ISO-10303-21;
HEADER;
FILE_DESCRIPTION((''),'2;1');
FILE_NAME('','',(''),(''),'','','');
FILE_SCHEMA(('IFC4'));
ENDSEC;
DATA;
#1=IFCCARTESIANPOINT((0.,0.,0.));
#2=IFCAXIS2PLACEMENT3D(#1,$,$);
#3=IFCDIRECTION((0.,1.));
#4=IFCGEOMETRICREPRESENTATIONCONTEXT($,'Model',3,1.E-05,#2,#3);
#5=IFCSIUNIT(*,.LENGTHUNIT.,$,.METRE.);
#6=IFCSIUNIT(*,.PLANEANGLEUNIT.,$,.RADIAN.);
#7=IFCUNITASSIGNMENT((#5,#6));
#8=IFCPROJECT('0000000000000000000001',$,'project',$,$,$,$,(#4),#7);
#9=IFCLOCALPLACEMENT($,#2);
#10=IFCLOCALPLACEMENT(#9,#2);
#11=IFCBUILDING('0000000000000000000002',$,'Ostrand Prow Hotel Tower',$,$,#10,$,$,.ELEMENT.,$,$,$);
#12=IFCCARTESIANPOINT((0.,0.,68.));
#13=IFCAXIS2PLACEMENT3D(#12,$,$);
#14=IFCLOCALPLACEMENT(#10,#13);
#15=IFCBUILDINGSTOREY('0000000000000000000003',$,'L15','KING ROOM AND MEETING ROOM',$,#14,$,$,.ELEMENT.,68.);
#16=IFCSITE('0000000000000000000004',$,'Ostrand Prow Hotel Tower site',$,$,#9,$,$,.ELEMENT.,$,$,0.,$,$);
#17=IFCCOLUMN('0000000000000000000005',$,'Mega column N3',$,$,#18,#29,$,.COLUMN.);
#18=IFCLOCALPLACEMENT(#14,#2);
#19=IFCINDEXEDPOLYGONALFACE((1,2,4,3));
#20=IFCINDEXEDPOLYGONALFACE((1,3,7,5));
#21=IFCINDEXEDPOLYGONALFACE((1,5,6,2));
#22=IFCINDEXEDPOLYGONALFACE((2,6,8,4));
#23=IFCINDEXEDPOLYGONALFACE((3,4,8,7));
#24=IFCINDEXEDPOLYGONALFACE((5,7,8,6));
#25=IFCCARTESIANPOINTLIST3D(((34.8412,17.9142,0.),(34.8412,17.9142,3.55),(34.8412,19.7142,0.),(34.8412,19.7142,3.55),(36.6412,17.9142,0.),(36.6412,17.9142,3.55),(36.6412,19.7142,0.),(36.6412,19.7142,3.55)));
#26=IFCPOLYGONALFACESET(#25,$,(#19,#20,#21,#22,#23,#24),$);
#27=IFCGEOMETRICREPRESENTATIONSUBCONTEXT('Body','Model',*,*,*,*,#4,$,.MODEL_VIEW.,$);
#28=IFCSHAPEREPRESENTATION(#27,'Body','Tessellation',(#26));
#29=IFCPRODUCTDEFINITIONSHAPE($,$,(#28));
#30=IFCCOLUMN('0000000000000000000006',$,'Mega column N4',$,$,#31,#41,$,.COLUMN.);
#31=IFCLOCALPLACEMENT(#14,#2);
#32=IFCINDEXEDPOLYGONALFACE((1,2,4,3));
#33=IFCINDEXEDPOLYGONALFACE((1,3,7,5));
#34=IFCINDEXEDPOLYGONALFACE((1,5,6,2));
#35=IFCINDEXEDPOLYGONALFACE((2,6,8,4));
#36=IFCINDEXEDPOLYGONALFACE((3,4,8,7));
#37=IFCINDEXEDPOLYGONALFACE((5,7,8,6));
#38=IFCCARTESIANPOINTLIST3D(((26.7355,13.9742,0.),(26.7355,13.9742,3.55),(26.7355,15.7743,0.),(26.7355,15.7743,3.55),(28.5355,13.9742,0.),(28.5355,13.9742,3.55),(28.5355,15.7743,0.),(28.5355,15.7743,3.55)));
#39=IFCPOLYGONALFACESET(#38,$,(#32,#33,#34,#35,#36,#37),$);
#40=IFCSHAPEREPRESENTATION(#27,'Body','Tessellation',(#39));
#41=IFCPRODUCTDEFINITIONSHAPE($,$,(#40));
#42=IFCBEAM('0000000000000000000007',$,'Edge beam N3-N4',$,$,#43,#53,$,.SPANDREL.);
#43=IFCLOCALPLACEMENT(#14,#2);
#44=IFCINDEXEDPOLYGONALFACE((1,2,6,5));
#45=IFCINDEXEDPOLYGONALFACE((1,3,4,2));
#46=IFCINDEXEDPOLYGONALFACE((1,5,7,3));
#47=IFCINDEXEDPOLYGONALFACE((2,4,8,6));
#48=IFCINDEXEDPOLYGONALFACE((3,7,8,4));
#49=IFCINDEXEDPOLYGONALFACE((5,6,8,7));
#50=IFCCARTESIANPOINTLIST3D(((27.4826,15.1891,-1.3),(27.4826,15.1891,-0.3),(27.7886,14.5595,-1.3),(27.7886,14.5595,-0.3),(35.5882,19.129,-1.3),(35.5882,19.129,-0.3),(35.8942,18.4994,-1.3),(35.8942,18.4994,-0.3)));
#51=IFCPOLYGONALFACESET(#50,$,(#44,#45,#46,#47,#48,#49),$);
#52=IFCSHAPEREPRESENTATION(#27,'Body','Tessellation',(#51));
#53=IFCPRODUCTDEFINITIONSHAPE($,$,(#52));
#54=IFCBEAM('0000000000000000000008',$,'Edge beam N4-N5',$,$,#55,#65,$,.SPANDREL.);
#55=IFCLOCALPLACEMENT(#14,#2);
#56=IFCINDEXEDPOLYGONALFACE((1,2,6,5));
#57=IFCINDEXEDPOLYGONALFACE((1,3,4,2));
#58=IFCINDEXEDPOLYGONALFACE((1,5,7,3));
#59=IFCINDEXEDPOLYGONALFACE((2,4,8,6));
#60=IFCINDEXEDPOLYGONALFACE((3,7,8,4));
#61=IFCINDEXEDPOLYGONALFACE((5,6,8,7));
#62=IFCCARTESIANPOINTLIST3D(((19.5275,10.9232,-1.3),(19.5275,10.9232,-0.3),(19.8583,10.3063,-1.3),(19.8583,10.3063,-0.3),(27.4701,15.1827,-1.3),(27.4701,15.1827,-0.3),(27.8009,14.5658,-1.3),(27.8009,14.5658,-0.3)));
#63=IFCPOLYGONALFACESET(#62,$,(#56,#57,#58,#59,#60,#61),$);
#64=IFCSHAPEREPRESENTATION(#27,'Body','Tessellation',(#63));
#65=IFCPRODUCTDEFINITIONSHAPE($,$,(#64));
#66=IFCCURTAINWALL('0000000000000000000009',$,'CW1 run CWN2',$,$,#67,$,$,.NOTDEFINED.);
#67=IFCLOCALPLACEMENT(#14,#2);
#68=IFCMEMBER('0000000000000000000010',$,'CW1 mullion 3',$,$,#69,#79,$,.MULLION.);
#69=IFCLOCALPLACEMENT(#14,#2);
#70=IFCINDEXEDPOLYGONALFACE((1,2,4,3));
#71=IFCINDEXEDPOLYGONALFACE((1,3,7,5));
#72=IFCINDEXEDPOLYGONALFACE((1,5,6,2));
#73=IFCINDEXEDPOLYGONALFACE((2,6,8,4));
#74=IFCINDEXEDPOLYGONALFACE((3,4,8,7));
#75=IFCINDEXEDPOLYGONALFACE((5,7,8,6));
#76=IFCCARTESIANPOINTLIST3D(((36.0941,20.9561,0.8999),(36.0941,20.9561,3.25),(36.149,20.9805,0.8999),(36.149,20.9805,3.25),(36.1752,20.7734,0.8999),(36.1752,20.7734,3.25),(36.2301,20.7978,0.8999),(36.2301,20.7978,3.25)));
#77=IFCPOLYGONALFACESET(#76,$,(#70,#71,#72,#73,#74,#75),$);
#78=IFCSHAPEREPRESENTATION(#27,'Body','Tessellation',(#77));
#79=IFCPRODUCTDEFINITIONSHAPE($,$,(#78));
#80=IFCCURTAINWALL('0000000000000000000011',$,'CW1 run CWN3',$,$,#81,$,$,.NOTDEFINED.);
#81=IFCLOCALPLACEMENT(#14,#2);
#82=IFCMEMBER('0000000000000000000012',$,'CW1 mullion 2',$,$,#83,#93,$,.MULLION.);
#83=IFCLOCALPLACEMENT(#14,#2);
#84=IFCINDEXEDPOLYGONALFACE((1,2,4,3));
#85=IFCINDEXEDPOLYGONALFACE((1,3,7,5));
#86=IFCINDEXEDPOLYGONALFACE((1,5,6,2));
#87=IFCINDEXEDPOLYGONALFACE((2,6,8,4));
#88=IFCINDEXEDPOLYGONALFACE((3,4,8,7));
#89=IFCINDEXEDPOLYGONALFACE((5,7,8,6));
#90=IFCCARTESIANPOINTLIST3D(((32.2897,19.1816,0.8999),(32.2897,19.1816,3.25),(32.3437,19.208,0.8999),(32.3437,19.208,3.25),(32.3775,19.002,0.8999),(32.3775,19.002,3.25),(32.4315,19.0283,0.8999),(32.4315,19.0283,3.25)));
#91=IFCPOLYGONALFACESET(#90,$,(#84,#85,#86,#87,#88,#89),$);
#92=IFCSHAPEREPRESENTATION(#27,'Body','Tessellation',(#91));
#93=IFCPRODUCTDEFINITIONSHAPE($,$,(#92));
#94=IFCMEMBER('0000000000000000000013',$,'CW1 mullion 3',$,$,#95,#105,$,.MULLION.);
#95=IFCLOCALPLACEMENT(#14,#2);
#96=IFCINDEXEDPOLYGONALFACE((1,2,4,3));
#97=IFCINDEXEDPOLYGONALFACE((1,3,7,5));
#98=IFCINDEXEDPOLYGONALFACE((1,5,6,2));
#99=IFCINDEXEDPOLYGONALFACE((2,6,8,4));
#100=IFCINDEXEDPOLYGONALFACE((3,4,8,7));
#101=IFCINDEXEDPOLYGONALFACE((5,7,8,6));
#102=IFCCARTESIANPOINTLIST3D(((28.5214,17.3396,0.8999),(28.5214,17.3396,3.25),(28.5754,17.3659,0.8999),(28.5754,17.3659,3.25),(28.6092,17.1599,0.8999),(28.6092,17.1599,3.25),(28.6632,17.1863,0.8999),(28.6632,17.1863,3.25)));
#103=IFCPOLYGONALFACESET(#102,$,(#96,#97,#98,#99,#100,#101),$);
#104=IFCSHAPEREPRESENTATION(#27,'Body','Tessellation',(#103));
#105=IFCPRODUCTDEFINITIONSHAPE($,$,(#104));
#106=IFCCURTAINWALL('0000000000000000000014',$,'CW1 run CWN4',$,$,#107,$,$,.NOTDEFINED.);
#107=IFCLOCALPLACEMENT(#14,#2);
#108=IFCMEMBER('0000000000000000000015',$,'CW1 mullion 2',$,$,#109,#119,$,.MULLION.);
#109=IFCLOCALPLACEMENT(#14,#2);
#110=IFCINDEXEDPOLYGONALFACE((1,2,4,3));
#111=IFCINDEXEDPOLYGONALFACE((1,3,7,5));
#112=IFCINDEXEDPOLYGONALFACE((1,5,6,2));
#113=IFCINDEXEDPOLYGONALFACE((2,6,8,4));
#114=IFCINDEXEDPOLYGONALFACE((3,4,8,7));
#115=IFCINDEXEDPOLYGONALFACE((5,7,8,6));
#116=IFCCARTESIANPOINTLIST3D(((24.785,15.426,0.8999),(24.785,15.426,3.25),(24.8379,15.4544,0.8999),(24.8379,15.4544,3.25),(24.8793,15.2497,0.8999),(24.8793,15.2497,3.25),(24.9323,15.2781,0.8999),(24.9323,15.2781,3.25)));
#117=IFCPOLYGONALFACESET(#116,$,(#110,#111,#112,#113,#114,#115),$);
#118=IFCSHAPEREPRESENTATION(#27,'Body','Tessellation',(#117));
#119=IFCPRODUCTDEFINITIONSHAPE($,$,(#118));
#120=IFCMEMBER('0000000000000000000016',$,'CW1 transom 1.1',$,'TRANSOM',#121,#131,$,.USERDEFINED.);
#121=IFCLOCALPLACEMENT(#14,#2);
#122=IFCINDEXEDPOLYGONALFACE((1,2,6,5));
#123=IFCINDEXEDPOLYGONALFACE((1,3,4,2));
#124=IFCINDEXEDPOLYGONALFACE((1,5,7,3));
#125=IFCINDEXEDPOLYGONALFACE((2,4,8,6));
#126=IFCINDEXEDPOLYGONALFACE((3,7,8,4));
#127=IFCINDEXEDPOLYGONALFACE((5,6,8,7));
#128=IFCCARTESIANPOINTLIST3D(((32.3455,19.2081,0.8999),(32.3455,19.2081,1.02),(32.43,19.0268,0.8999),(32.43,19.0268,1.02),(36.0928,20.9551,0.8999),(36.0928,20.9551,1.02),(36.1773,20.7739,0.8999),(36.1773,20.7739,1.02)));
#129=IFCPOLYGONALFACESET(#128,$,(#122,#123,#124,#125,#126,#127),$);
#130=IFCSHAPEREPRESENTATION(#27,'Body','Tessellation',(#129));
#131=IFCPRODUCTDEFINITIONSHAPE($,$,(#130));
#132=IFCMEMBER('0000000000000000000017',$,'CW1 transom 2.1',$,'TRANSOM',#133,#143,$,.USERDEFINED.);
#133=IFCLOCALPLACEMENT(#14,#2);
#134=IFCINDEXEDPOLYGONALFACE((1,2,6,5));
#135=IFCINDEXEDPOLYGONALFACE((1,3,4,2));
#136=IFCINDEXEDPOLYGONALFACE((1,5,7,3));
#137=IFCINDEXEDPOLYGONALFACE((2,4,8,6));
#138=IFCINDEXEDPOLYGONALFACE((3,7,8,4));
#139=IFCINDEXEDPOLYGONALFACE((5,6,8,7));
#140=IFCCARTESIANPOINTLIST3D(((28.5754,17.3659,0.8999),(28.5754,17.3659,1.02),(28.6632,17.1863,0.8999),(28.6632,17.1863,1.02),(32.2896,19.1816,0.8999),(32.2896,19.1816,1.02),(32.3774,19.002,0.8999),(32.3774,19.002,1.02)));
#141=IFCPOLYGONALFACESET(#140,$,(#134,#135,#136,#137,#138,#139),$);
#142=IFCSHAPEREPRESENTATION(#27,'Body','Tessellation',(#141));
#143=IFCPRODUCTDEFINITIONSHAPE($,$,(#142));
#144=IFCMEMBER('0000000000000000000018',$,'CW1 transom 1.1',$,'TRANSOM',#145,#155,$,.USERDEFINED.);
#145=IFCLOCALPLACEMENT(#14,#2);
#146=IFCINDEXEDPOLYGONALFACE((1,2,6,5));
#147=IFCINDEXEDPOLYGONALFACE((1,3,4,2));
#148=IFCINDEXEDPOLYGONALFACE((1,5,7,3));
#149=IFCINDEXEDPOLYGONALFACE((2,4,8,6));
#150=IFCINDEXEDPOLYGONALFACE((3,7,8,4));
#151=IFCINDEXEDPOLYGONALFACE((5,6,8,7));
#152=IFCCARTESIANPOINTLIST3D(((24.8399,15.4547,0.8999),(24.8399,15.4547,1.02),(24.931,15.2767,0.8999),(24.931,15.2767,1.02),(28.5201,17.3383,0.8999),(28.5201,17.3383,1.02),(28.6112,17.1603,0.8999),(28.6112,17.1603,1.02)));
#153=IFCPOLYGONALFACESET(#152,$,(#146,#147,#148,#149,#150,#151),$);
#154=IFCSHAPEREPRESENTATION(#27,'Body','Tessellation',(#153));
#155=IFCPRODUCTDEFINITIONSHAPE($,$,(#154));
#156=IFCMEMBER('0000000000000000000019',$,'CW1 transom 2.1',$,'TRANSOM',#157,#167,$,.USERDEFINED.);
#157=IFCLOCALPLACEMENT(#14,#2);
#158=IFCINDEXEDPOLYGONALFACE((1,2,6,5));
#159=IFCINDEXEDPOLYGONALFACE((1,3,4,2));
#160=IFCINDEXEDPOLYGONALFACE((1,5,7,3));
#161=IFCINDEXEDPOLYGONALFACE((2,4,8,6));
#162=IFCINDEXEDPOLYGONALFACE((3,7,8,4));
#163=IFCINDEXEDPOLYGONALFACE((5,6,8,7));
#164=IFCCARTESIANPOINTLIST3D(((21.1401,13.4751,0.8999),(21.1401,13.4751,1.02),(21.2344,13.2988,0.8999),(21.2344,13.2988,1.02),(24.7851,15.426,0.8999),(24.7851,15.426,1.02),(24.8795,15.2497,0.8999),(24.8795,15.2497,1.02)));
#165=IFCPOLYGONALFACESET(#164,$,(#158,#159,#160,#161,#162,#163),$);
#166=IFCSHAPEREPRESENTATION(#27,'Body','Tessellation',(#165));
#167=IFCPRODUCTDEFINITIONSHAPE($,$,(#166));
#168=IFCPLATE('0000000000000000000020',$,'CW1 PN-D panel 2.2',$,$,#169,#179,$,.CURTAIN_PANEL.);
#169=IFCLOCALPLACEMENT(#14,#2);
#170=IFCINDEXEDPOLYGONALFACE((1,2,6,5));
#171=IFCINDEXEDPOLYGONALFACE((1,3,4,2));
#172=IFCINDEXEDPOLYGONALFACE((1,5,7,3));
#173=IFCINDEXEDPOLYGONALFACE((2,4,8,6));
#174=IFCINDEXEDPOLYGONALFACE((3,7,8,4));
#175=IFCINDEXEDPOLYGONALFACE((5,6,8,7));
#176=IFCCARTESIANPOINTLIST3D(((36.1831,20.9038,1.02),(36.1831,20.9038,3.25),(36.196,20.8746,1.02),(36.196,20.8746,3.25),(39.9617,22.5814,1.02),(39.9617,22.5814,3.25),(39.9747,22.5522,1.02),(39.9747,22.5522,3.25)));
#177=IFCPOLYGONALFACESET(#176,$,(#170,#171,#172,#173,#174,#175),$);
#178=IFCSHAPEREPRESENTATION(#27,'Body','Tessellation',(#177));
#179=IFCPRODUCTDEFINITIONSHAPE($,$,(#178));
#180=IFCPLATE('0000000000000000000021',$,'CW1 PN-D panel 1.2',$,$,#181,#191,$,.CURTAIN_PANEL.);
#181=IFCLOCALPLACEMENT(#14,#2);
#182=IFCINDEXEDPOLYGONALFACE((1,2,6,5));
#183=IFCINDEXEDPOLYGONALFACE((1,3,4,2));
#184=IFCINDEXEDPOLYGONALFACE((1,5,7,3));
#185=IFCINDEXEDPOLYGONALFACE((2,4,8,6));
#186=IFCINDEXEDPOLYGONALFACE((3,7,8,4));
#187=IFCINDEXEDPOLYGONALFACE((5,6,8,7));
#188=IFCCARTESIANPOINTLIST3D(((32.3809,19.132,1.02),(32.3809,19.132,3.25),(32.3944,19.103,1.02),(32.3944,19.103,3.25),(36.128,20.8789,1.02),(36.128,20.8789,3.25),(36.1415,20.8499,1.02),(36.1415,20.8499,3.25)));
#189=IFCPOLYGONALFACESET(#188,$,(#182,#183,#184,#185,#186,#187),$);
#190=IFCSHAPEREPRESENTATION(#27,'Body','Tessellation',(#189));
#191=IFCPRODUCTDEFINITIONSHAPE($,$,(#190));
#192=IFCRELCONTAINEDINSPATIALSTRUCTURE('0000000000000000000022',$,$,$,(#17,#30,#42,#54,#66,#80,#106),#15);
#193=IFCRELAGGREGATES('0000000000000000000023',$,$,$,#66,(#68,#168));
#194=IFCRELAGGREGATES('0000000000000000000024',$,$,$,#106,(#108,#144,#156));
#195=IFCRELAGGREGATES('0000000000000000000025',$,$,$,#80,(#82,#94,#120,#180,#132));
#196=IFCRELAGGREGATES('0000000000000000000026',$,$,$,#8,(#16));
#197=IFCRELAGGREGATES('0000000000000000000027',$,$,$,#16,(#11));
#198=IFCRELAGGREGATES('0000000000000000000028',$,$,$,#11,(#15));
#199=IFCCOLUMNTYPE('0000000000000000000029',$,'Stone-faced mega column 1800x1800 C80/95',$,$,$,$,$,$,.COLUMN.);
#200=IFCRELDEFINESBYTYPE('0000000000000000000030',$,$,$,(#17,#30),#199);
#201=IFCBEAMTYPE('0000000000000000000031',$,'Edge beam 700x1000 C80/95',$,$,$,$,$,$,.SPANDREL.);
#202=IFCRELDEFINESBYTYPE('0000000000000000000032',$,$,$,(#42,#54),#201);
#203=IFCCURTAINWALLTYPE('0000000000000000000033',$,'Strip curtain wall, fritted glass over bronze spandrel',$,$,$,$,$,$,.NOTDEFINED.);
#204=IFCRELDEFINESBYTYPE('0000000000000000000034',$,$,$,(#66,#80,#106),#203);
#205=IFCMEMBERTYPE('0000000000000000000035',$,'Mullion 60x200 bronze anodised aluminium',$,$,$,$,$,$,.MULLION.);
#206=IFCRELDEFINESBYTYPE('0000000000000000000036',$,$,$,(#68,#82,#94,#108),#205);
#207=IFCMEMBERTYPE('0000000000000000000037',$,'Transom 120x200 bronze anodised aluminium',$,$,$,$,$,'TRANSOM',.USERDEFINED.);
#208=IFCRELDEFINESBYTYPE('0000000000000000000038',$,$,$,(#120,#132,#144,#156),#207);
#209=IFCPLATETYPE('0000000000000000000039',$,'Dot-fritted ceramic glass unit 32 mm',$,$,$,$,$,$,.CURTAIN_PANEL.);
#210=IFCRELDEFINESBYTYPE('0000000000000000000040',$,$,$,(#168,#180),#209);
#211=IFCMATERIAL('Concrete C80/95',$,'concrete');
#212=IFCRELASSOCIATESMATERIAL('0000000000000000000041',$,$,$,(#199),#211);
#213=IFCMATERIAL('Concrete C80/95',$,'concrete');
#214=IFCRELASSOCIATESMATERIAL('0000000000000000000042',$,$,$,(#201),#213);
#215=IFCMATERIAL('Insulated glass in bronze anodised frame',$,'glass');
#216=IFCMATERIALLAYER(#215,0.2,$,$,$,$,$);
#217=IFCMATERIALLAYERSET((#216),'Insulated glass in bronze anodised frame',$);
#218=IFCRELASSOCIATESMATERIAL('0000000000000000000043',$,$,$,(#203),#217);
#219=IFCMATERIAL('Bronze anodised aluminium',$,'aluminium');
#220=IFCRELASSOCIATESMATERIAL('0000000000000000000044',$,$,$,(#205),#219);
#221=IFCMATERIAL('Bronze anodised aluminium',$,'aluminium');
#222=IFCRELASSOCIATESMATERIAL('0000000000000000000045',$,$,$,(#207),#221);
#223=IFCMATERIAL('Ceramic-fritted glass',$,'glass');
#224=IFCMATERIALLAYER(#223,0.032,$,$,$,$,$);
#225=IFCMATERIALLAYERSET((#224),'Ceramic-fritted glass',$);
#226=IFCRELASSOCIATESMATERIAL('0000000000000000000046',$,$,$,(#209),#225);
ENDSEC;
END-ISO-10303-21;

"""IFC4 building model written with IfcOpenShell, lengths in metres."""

from ifc_helpers import new_model, si_unit, direction, frame, origin, origin_2d, place, context, subcontext, project, spatial, rectangle, extrude, material, layer, layer_set, material_profile, profile_set, type_object, element, aggregate, save


model = new_model("IFC4")

# Units and contexts
model_context = context("Model", 3, precision=1e-05, world=origin(), true_north=direction((0.0, 1.0)))
body_context = subcontext(model_context, "Body", "Model", "MODEL_VIEW")
ifc_project = project(units=[si_unit("LENGTHUNIT", "METRE"), si_unit("PLANEANGLEUNIT", "RADIAN")], contexts=[model_context])

# Site, building, storey
site_placement = place(None, origin())
site = spatial("IfcSite", under=ifc_project, at=site_placement, Name="Ostrand Prow Hotel Tower site", CompositionType="ELEMENT", RefElevation=0.0)
building_placement = place(site_placement, origin())
building = spatial("IfcBuilding", under=site, at=building_placement, Name="Ostrand Prow Hotel Tower", CompositionType="ELEMENT")
storey_placement = place(building_placement, frame((0.0, 0.0, 68.0)))
storey = spatial("IfcBuildingStorey", under=building, at=storey_placement, Name="L15", Description="KING ROOM AND MEETING ROOM", CompositionType="ELEMENT", Elevation=68.0)

# Columns
ifc_material_1 = material(Name="Concrete C80/95", Category="concrete")
ifc_material_profile_1 = material_profile(ifc_material_1, rectangle(XDim=1.8, YDim=1.8, at=origin_2d()), Name="RC 1800x1800")
ifc_profile_set_1 = profile_set([ifc_material_profile_1], Name="Concrete C80/95")
column_type = type_object("IfcColumnType", Name="Stone-faced mega column 1800x1800 C80/95", PredefinedType="COLUMN", material=ifc_profile_set_1)
for number, where, z_axis, x_axis, name in (
    (1, (35.7412, 18.8142, 0.0), (0.0, 0.0, 1.0), (1.0, 0.0, 0.0), "Mega column N3"),
    (2, (27.6355, 14.8743, 0.0), (0.0, 0.0, 1.0), (1.0, 0.0, 0.0), "Mega column N4"),
):
    element("IfcColumn", number, at=place(storey_placement, frame(where, z_axis=z_axis, x_axis=x_axis)), inside=storey, type_object=column_type, Name=name, PredefinedType="COLUMN", context=body_context, shape_type="SweptSolid", body=[
        extrude(rectangle(XDim=1.8, YDim=1.8, at=origin_2d()), origin(), (0.0, 0.0, 1.0), 3.55),
    ])

# Beams
ifc_material_2 = material(Name="Concrete C80/95", Category="concrete")
ifc_material_profile_2 = material_profile(ifc_material_2, rectangle(XDim=0.7, YDim=1.0, at=origin_2d()), Name="RC 700x1000")
ifc_profile_set_2 = profile_set([ifc_material_profile_2], Name="Concrete C80/95")
beam_type = type_object("IfcBeamType", Name="Edge beam 700x1000 C80/95", PredefinedType="SPANDREL", material=ifc_profile_set_2)
beam_1_placement = place(storey_placement, frame((35.7412, 18.8142, -0.8), z_axis=(-0.899382, -0.437163, 0.0), x_axis=(0.437163, -0.899382, 0.0)))
element("IfcBeam", 3, at=beam_1_placement, inside=storey, type_object=beam_type, Name="Edge beam N3-N4", PredefinedType="SPANDREL", context=body_context, shape_type="SweptSolid", body=[
    extrude(rectangle(XDim=0.7, YDim=1.0, at=origin_2d()), origin(), (0.0, 0.0, 1.0), 9.0125),
])
beam_2_placement = place(storey_placement, frame((27.6355, 14.8743, -0.8), z_axis=(-0.88127, -0.472613, 0.0), x_axis=(0.472613, -0.88127, 0.0)))
element("IfcBeam", 4, at=beam_2_placement, inside=storey, type_object=beam_type, Name="Edge beam N4-N5", PredefinedType="SPANDREL", context=body_context, shape_type="SweptSolid", body=[
    extrude(rectangle(XDim=0.7, YDim=1.0, at=origin_2d()), origin(), (0.0, 0.0, 1.0), 9.0127),
])

# Curtain wall, member
ifc_material_3 = material(Name="Insulated glass in bronze anodised frame", Category="glass")
ifc_layer_1 = layer(ifc_material_3, 0.2)
ifc_layer_set_1 = layer_set([ifc_layer_1], Name="Insulated glass in bronze anodised frame")
curtain_wall_type = type_object("IfcCurtainWallType", Name="Strip curtain wall, fritted glass over bronze spandrel", PredefinedType="NOTDEFINED", material=ifc_layer_set_1)
curtain_wall_1_placement = place(storey_placement, origin())
curtain_wall_1 = element("IfcCurtainWall", 5, at=curtain_wall_1_placement, inside=storey, type_object=curtain_wall_type, Name="CW1 run CWN2", PredefinedType="NOTDEFINED")
ifc_material_4 = material(Name="Bronze anodised aluminium", Category="aluminium")
ifc_material_profile_3 = material_profile(ifc_material_4, rectangle(XDim=0.2, YDim=0.0601, at=origin_2d()), Name="Mullion 60x200 bronze anodised aluminium")
ifc_profile_set_3 = profile_set([ifc_material_profile_3], Name="Bronze anodised aluminium")
member_type_1 = type_object("IfcMemberType", Name="Mullion 60x200 bronze anodised aluminium", PredefinedType="MULLION", material=ifc_profile_set_3)
member_1_placement = place(storey_placement, frame((36.1621, 20.877, 0.8999), z_axis=(0.0, 0.0, 1.0), x_axis=(0.40578, -0.913971, 0.0)))
member_1 = element("IfcMember", 6, at=member_1_placement, type_object=member_type_1, Name="CW1 mullion 3", PredefinedType="MULLION", context=body_context, shape_type="SweptSolid", body=[
    extrude(rectangle(XDim=0.2, YDim=0.0601, at=origin_2d()), origin(), (0.0, 0.0, 1.0), 2.3501),
])

# Curtain wall, members
curtain_wall_2_placement = place(storey_placement, origin())
curtain_wall_2 = element("IfcCurtainWall", 7, at=curtain_wall_2_placement, inside=storey, type_object=curtain_wall_type, Name="CW1 run CWN3", PredefinedType="NOTDEFINED")
member_2_placement = place(storey_placement, frame((32.3606, 19.105, 0.8999), z_axis=(0.0, 0.0, 1.0), x_axis=(0.439138, -0.89842, 0.0)))
member_2 = element("IfcMember", 8, at=member_2_placement, type_object=member_type_1, Name="CW1 mullion 2", PredefinedType="MULLION", context=body_context, shape_type="SweptSolid", body=[
    extrude(rectangle(XDim=0.2, YDim=0.0601, at=origin_2d()), origin(), (0.0, 0.0, 1.0), 2.3501),
])
member_3_placement = place(storey_placement, frame((28.5923, 17.2629, 0.8999), z_axis=(0.0, 0.0, 1.0), x_axis=(0.439138, -0.89842, 0.0)))
member_3 = element("IfcMember", 9, at=member_3_placement, type_object=member_type_1, Name="CW1 mullion 3", PredefinedType="MULLION", context=body_context, shape_type="SweptSolid", body=[
    extrude(rectangle(XDim=0.2, YDim=0.0601, at=origin_2d()), origin(), (0.0, 0.0, 1.0), 2.3501),
])

# Curtain wall, member
curtain_wall_3_placement = place(storey_placement, origin())
curtain_wall_3 = element("IfcCurtainWall", 10, at=curtain_wall_3_placement, inside=storey, type_object=curtain_wall_type, Name="CW1 run CWN4", PredefinedType="NOTDEFINED")
member_4_placement = place(storey_placement, frame((24.8586, 15.3521, 0.8999), z_axis=(0.0, 0.0, 1.0), x_axis=(0.4719, -0.881652, 0.0)))
member_4 = element("IfcMember", 11, at=member_4_placement, type_object=member_type_1, Name="CW1 mullion 2", PredefinedType="MULLION", context=body_context, shape_type="SweptSolid", body=[
    extrude(rectangle(XDim=0.2, YDim=0.0601, at=origin_2d()), origin(), (0.0, 0.0, 1.0), 2.3501),
])

# Members
ifc_material_5 = material(Name="Bronze anodised aluminium", Category="aluminium")
ifc_material_profile_4 = material_profile(ifc_material_5, rectangle(XDim=0.2, YDim=0.1201, at=origin_2d()), Name="Transom 120x200 bronze anodised aluminium")
ifc_profile_set_4 = profile_set([ifc_material_profile_4], Name="Bronze anodised aluminium")
member_type_2 = type_object("IfcMemberType", Name="Transom 120x200 bronze anodised aluminium", ElementType="TRANSOM", PredefinedType="USERDEFINED", material=ifc_profile_set_4)
member_5_placement = place(storey_placement, frame((36.135, 20.8645, 0.96), z_axis=(-0.906338, -0.422552, 0.0), x_axis=(0.422552, -0.906338, 0.0)))
member_5 = element("IfcMember", 12, at=member_5_placement, type_object=member_type_2, Name="CW1 transom 1.1", ObjectType="TRANSOM", PredefinedType="USERDEFINED", context=body_context, shape_type="SweptSolid", body=[
    extrude(rectangle(XDim=0.2, YDim=0.1201, at=origin_2d()), origin(), (0.0, 0.0, 1.0), 4.1345),
])
member_6_placement = place(storey_placement, frame((32.3335, 19.0918, 0.96), z_axis=(-0.898395, -0.439188, 0.0), x_axis=(0.439188, -0.898395, 0.0)))
member_6 = element("IfcMember", 13, at=member_6_placement, type_object=member_type_2, Name="CW1 transom 2.1", ObjectType="TRANSOM", PredefinedType="USERDEFINED", context=body_context, shape_type="SweptSolid", body=[
    extrude(rectangle(XDim=0.2, YDim=0.1201, at=origin_2d()), origin(), (0.0, 0.0, 1.0), 4.1343),
])
member_7_placement = place(storey_placement, frame((28.5657, 17.2493, 0.96), z_axis=(-0.890183, -0.455603, 0.0), x_axis=(0.455603, -0.890183, 0.0)))
member_7 = element("IfcMember", 14, at=member_7_placement, type_object=member_type_2, Name="CW1 transom 1.1", ObjectType="TRANSOM", PredefinedType="USERDEFINED", context=body_context, shape_type="SweptSolid", body=[
    extrude(rectangle(XDim=0.2, YDim=0.1201, at=origin_2d()), origin(), (0.0, 0.0, 1.0), 4.1343),
])
member_8_placement = place(storey_placement, frame((24.8323, 15.3379, 0.96), z_axis=(-0.881657, -0.47189, 0.0), x_axis=(0.47189, -0.881657, 0.0)))
member_8 = element("IfcMember", 15, at=member_8_placement, type_object=member_type_2, Name="CW1 transom 2.1", ObjectType="TRANSOM", PredefinedType="USERDEFINED", context=body_context, shape_type="SweptSolid", body=[
    extrude(rectangle(XDim=0.2, YDim=0.1201, at=origin_2d()), origin(), (0.0, 0.0, 1.0), 4.1343),
])

# Plates
ifc_material_6 = material(Name="Ceramic-fritted glass", Category="glass")
ifc_layer_2 = layer(ifc_material_6, 0.032)
ifc_layer_set_2 = layer_set([ifc_layer_2], Name="Ceramic-fritted glass")
plate_type_1 = type_object("IfcPlateType", Name="Dot-fritted ceramic glass unit 32 mm", PredefinedType="CURTAIN_PANEL", material=ifc_layer_set_2)
plate_1_placement = place(storey_placement, frame((38.0789, 21.728, 1.02), z_axis=(0.0, 0.0, 1.0), x_axis=(-0.913971, -0.40578, 0.0)))
plate_1 = element("IfcPlate", 16, at=plate_1_placement, type_object=plate_type_1, Name="CW1 PN-D panel 2.2", PredefinedType="CURTAIN_PANEL", context=body_context, shape_type="SweptSolid", body=[
    extrude(rectangle(XDim=4.1343, YDim=0.032, at=origin_2d()), origin(), (0.0, 0.0, 1.0), 2.23),
])
aggregate(curtain_wall_1, [member_1, plate_1])
plate_2_placement = place(storey_placement, frame((34.2612, 19.991, 1.02), z_axis=(0.0, 0.0, 1.0), x_axis=(-0.906349, -0.42253, 0.0)))
plate_2 = element("IfcPlate", 17, at=plate_2_placement, type_object=plate_type_1, Name="CW1 PN-D panel 1.2", PredefinedType="CURTAIN_PANEL", context=body_context, shape_type="SweptSolid", body=[
    extrude(rectangle(XDim=4.1343, YDim=0.032, at=origin_2d()), origin(), (0.0, 0.0, 1.0), 2.23),
])
aggregate(curtain_wall_3, [member_4, member_7, member_8])
aggregate(curtain_wall_2, [member_2, member_3, member_5, plate_2, member_6])

save(model, "model.ifc")
